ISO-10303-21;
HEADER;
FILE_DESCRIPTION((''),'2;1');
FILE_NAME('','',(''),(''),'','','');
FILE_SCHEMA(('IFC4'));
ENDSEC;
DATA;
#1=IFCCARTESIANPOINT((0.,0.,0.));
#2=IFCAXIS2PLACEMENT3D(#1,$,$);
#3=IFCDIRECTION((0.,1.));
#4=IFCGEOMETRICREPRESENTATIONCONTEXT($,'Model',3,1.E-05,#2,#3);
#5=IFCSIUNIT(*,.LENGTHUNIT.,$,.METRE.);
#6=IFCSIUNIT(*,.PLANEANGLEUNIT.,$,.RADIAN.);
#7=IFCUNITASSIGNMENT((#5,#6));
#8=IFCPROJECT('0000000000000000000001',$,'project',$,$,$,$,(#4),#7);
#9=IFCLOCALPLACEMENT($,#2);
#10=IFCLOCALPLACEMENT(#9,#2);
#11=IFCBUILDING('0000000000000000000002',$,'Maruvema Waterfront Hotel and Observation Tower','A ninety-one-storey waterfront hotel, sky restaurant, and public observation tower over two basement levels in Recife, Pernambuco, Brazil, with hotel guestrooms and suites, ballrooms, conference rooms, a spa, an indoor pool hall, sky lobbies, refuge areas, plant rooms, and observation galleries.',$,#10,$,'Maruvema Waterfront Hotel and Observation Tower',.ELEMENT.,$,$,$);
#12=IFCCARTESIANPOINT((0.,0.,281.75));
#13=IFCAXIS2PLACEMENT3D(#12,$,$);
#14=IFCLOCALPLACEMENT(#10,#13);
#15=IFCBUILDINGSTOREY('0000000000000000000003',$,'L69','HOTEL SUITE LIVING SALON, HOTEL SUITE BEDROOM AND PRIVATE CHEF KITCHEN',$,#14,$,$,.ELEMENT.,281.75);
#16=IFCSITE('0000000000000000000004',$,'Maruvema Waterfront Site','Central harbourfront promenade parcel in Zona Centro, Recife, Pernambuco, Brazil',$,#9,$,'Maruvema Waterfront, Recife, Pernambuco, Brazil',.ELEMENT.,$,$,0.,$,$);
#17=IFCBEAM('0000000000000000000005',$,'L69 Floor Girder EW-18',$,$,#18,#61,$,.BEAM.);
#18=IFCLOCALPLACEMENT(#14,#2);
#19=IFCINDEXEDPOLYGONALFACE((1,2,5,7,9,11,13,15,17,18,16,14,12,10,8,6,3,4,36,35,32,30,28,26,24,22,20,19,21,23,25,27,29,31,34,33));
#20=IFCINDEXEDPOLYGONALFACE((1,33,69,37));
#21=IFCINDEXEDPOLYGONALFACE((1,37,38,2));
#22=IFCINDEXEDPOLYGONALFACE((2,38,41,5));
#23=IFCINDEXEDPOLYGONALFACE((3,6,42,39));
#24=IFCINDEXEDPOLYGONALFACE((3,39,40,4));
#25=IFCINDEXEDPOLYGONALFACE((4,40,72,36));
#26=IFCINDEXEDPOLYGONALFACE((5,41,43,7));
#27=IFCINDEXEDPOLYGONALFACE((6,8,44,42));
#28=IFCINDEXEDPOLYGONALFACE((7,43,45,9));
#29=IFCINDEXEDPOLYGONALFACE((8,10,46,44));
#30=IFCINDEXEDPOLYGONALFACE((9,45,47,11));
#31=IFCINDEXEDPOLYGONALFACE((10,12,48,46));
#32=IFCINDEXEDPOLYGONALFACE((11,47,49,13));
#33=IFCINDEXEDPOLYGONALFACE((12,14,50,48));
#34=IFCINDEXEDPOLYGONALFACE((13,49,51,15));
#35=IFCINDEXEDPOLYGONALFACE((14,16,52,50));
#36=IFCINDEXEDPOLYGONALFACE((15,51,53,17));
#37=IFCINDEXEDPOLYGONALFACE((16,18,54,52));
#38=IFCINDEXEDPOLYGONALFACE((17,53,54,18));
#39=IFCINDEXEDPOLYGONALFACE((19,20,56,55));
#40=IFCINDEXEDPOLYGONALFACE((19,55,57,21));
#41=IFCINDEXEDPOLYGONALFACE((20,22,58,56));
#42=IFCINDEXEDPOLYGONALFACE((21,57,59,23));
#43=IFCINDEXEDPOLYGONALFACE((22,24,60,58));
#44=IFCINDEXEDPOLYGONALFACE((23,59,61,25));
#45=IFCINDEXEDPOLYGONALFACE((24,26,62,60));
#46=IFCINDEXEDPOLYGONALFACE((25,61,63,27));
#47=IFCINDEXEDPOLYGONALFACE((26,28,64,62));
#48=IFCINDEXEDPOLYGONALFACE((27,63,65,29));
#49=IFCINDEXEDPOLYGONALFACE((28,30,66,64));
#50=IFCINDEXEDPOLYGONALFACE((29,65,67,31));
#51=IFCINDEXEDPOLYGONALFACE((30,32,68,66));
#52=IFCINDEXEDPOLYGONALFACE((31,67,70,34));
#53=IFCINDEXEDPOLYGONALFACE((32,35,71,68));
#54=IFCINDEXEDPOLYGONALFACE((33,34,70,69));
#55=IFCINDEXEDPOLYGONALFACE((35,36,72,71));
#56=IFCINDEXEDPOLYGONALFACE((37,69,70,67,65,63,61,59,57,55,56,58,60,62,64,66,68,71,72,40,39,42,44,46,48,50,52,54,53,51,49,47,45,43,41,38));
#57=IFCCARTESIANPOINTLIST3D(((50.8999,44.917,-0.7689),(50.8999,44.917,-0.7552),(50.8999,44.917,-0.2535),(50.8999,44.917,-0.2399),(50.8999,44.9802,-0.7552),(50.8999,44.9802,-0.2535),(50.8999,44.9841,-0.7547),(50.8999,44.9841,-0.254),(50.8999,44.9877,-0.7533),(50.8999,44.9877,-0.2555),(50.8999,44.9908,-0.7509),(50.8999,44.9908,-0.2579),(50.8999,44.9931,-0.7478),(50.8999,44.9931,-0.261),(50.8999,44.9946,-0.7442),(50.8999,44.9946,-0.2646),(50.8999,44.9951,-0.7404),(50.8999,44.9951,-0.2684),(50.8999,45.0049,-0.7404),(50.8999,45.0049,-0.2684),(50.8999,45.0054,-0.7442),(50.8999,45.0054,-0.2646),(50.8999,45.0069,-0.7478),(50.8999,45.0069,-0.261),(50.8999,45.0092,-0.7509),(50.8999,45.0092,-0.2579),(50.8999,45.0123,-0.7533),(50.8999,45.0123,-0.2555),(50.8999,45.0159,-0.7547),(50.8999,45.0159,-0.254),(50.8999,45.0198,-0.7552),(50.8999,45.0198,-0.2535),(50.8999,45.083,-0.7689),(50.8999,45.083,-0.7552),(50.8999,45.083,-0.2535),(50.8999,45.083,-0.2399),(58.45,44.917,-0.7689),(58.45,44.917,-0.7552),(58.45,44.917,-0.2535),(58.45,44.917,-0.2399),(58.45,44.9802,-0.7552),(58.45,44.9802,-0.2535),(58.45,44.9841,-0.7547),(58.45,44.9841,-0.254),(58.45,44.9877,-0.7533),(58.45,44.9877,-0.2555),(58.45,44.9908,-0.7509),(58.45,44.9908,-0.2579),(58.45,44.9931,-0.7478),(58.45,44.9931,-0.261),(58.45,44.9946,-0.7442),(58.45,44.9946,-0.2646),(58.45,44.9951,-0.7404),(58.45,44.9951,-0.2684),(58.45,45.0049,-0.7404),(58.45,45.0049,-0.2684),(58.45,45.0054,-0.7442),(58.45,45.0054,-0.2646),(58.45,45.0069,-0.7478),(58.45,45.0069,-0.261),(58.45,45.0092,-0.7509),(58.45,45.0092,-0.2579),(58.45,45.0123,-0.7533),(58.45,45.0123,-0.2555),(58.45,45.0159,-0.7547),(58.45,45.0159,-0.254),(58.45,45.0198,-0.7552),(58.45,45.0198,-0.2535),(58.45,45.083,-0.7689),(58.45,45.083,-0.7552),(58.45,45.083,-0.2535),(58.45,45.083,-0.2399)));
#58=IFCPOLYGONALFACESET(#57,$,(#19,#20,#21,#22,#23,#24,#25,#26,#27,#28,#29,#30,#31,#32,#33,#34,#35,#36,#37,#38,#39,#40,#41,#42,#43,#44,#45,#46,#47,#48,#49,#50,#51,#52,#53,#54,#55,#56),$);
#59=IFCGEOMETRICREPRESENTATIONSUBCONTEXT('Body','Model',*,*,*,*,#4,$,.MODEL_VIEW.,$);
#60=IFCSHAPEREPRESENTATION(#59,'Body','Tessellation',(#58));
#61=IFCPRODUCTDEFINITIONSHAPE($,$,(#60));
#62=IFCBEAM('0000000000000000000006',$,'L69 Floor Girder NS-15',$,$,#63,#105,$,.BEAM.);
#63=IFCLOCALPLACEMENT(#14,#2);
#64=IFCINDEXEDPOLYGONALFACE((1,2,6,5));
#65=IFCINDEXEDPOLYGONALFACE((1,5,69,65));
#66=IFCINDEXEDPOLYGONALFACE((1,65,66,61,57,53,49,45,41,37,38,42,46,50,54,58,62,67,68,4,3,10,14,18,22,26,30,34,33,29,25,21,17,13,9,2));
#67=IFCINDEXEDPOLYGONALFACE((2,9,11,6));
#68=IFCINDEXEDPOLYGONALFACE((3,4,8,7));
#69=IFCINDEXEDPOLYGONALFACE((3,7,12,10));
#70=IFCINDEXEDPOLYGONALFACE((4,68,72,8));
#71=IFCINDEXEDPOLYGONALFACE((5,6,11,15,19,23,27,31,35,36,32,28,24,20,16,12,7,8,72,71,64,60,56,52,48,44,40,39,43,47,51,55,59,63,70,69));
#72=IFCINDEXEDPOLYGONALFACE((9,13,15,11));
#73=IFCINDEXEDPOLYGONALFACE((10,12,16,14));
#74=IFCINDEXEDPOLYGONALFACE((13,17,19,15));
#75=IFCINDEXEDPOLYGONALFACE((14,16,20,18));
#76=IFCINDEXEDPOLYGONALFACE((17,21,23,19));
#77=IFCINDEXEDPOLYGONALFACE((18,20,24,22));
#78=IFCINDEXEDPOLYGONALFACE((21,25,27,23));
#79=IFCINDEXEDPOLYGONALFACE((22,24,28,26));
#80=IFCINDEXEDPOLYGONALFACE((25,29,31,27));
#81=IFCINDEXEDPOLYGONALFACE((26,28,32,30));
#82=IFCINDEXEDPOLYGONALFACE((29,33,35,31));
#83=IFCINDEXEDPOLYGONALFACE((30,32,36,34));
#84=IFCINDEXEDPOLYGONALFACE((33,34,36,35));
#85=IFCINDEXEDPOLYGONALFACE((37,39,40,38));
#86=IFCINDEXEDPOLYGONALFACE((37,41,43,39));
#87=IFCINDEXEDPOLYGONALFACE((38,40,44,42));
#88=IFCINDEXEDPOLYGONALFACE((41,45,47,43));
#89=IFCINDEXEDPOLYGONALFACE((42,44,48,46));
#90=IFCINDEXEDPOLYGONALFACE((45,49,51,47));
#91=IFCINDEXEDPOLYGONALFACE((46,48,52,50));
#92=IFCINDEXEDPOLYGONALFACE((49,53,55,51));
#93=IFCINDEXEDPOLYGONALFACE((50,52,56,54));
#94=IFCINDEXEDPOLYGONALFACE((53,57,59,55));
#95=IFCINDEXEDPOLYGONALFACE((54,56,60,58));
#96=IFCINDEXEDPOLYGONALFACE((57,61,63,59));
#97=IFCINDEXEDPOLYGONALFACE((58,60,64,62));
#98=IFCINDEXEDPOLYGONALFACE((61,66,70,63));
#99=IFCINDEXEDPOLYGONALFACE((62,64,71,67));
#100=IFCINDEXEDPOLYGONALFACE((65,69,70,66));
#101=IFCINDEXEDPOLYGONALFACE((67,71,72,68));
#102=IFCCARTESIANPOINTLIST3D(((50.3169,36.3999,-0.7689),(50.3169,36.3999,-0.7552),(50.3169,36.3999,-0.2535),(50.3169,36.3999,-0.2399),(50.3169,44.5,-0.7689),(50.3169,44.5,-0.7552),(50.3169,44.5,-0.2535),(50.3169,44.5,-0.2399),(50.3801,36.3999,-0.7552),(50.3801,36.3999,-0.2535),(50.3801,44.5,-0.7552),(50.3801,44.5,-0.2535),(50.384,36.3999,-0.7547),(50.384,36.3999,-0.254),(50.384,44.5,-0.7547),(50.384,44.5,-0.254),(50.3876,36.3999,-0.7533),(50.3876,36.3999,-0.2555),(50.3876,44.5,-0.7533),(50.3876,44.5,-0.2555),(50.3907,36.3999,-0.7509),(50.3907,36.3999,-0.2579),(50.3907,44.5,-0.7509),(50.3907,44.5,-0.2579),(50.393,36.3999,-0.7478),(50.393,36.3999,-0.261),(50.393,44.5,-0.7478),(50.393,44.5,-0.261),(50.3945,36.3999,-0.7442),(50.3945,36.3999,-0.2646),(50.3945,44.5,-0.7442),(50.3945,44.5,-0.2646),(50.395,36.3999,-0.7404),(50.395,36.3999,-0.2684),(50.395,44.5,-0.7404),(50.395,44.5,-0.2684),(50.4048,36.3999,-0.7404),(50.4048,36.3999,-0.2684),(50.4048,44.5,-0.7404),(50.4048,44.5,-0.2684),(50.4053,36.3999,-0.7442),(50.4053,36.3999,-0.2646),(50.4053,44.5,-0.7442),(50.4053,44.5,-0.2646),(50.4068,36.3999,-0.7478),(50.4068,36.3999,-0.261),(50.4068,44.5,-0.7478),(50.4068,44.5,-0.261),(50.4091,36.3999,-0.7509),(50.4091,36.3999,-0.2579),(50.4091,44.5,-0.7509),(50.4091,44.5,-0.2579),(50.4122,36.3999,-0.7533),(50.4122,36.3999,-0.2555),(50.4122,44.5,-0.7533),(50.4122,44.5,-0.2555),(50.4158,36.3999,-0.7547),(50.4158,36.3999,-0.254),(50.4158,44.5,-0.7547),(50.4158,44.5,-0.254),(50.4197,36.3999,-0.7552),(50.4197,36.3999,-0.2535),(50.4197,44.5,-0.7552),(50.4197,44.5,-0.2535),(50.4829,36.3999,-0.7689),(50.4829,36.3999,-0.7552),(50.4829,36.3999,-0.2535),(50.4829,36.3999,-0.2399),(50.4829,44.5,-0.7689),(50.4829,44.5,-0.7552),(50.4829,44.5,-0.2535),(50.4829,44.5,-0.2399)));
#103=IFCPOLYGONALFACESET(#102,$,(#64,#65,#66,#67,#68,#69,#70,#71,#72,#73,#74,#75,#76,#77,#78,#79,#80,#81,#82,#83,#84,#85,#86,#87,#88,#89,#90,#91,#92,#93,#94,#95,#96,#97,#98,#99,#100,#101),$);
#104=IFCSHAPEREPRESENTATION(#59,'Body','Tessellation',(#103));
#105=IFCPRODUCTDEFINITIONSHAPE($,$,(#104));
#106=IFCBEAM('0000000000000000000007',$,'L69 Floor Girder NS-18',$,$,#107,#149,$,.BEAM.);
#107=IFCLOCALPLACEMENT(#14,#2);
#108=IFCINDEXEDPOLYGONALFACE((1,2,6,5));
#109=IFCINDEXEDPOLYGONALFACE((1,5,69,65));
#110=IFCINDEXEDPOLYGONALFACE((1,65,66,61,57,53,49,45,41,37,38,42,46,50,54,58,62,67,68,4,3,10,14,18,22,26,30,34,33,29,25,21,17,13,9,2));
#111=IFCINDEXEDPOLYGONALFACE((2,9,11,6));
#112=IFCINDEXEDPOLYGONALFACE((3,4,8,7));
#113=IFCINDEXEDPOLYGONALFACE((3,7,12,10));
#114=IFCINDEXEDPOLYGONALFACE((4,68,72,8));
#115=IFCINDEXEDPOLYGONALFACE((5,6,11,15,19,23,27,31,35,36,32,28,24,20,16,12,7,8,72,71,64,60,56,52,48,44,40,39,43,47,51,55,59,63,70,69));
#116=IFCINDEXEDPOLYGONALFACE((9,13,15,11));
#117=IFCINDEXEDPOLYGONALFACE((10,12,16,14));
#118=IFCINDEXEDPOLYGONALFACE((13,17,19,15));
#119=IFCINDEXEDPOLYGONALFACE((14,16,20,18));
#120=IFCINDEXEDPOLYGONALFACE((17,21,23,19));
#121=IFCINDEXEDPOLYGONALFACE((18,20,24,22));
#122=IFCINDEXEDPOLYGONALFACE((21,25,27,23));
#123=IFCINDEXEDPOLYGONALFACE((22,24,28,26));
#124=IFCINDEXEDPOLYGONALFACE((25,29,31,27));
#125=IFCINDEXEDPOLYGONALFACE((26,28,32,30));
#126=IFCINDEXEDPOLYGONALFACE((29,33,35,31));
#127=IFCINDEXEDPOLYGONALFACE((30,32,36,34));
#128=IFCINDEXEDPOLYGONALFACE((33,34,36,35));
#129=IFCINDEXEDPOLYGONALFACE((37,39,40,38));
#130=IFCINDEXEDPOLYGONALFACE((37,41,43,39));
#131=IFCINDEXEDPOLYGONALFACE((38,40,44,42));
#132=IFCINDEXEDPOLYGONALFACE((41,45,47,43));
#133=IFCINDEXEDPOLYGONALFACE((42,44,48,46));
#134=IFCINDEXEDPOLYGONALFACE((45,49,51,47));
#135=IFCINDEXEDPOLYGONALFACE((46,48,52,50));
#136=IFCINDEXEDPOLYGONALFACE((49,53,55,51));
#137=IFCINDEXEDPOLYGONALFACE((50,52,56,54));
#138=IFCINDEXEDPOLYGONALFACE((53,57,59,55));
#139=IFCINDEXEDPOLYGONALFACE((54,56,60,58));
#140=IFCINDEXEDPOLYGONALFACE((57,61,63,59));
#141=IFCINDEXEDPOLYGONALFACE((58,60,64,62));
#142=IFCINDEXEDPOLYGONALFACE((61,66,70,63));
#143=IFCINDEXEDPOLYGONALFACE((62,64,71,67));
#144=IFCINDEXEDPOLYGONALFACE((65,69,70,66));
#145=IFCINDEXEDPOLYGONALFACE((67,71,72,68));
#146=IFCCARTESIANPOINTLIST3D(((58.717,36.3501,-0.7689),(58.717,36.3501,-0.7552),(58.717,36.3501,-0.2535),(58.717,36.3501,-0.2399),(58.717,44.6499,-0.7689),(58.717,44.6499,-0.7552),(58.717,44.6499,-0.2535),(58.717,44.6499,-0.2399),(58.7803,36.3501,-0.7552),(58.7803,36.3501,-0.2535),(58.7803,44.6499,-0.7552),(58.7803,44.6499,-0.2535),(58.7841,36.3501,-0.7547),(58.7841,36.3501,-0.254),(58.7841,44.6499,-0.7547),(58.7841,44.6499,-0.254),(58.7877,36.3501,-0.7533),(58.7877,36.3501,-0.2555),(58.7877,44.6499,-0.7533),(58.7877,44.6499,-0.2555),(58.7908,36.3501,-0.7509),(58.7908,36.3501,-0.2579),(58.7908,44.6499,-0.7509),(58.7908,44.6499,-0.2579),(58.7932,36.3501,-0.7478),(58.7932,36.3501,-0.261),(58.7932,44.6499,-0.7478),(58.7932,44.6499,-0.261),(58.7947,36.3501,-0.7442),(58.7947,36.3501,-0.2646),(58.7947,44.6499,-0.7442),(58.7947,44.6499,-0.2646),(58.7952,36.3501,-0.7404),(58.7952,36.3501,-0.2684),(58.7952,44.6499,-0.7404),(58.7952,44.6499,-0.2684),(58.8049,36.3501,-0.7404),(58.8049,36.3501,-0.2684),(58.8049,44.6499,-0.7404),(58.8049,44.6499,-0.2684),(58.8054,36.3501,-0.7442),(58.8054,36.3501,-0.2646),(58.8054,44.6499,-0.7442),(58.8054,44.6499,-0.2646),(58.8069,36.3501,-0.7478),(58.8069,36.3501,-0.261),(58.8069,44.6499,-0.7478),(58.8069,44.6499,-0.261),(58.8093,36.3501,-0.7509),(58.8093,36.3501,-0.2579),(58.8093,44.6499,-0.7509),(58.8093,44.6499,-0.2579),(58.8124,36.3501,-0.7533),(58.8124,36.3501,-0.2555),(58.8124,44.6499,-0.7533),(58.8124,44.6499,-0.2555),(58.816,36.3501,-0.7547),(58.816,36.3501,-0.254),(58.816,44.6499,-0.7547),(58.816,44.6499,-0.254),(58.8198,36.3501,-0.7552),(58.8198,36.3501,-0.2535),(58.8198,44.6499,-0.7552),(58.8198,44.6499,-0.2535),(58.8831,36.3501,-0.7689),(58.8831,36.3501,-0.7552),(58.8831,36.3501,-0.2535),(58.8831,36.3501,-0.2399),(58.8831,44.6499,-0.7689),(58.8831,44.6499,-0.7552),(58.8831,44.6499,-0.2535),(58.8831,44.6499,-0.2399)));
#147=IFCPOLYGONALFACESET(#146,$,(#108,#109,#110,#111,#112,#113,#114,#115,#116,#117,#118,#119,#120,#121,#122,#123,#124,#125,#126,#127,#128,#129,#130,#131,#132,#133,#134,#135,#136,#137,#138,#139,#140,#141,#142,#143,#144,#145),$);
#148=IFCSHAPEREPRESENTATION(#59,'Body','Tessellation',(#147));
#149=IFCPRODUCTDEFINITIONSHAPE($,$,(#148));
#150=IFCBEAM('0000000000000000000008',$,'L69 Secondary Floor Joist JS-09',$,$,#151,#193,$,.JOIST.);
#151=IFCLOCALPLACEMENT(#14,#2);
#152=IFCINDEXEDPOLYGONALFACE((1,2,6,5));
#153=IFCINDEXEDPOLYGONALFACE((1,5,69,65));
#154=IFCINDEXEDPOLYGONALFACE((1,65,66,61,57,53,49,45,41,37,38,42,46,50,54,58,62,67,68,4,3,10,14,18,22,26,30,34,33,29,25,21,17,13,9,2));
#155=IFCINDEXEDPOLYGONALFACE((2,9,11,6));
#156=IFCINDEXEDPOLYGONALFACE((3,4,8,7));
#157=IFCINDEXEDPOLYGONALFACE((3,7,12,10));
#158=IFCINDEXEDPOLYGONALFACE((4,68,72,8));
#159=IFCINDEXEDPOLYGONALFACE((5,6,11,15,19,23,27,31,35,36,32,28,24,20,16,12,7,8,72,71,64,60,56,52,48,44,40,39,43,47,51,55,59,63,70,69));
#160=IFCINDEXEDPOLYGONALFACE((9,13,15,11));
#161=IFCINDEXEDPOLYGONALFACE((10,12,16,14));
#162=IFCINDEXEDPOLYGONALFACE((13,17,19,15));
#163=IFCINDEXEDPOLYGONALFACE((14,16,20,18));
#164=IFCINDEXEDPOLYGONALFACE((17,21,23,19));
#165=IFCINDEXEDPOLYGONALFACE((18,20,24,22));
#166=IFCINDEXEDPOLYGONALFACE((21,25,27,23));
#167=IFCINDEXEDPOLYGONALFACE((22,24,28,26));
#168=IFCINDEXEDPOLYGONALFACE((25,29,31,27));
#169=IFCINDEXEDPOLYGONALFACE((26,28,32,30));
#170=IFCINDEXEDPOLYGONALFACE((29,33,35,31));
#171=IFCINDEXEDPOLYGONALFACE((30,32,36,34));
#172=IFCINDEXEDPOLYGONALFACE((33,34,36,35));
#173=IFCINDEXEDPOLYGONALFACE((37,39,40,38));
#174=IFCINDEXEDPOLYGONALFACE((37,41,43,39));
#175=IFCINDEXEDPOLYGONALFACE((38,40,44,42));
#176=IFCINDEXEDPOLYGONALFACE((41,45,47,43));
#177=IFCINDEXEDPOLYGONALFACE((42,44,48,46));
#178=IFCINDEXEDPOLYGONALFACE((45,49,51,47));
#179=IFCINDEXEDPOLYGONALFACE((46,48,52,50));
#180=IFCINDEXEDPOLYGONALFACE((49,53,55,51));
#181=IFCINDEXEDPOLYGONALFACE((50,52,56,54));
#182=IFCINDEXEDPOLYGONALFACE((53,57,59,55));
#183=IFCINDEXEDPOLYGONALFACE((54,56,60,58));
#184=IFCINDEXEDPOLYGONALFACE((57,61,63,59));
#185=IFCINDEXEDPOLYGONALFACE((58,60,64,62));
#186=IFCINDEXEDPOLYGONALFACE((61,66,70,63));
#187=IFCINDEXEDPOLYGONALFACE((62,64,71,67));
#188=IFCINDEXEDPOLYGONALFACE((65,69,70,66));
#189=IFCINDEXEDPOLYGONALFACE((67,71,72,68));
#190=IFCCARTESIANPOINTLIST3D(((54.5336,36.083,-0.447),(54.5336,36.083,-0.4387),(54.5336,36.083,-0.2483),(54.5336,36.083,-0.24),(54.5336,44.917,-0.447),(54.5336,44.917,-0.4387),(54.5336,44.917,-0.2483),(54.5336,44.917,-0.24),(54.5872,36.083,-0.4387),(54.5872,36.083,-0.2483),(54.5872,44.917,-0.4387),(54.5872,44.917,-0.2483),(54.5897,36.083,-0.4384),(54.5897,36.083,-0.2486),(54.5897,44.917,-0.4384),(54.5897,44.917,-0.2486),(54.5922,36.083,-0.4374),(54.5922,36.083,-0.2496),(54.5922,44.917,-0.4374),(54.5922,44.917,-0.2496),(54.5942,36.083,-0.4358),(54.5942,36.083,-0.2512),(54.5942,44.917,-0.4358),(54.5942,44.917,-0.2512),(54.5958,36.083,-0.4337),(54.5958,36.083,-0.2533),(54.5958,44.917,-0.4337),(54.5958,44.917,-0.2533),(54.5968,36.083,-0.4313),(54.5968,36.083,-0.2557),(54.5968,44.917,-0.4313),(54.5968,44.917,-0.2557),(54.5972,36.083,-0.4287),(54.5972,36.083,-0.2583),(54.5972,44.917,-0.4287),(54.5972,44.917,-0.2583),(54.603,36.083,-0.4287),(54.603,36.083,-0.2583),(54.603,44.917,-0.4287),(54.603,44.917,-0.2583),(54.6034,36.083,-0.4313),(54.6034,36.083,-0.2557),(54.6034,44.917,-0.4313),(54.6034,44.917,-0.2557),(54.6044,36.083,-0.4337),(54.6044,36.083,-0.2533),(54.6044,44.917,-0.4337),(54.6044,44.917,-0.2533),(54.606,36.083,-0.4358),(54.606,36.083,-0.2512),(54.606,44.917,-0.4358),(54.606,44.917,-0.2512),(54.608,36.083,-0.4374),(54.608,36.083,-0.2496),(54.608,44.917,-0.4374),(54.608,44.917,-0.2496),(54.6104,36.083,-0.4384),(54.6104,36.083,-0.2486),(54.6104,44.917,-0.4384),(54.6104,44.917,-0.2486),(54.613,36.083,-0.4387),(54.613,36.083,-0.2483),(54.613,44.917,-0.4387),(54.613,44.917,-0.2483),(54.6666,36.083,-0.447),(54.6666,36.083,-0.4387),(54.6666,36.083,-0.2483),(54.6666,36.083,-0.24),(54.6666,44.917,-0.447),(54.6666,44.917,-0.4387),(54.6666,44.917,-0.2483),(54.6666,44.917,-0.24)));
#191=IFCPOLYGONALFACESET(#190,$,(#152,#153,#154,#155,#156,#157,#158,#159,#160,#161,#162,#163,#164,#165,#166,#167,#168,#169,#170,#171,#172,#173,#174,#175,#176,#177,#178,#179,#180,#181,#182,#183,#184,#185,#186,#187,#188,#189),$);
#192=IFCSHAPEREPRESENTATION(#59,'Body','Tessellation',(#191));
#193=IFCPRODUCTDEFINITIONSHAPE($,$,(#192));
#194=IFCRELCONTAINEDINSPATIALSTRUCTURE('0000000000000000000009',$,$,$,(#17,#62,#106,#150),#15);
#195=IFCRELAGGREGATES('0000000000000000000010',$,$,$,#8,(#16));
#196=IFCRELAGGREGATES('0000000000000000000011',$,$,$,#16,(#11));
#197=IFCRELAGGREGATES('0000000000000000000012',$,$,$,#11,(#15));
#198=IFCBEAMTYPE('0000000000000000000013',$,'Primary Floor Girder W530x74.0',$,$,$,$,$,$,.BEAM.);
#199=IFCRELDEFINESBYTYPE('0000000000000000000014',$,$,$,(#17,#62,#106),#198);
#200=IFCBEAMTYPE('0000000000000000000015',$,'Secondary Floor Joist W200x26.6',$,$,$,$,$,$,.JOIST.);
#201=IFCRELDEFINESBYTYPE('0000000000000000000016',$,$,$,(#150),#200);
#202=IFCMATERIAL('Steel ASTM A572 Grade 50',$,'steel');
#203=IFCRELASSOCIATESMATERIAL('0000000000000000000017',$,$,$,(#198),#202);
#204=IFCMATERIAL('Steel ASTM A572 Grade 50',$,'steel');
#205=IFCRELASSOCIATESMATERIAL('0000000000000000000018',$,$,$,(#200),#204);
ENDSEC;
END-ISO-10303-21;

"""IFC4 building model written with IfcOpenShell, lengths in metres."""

from ifc_helpers import new_model, si_unit, direction, frame, origin, origin_2d, place, context, subcontext, project, spatial, i_section, extrude, material, material_profile, profile_set, type_object, element, save


model = new_model("IFC4")

# Units and contexts
model_context = context("Model", 3, precision=1e-05, world=origin(), true_north=direction((0.0, 1.0)))
body_context = subcontext(model_context, "Body", "Model", "MODEL_VIEW")
ifc_project = project(units=[si_unit("LENGTHUNIT", "METRE"), si_unit("PLANEANGLEUNIT", "RADIAN")], contexts=[model_context])

# Site, building, storey
site_placement = place(None, origin())
site = spatial("IfcSite", under=ifc_project, at=site_placement, Name="Maruvema Waterfront Site", Description="Central harbourfront promenade parcel in Zona Centro, Recife, Pernambuco, Brazil", LongName="Maruvema Waterfront, Recife, Pernambuco, Brazil", CompositionType="ELEMENT", RefElevation=0.0)
building_placement = place(site_placement, origin())
building = spatial("IfcBuilding", under=site, at=building_placement, Name="Maruvema Waterfront Hotel and Observation Tower", Description="A ninety-one-storey waterfront hotel, sky restaurant, and public observation tower over two basement levels in Recife, Pernambuco, Brazil, with hotel guestrooms and suites, ballrooms, conference rooms, a spa, an indoor pool hall, sky lobbies, refuge areas, plant rooms, and observation galleries.", LongName="Maruvema Waterfront Hotel and Observation Tower", CompositionType="ELEMENT")
storey_placement = place(building_placement, frame((0.0, 0.0, 281.75)))
storey = spatial("IfcBuildingStorey", under=building, at=storey_placement, Name="L69", Description="HOTEL SUITE LIVING SALON, HOTEL SUITE BEDROOM AND PRIVATE CHEF KITCHEN", CompositionType="ELEMENT", Elevation=281.75)

# Beams
ifc_material_1 = material(Name="Steel ASTM A572 Grade 50", Category="steel")
ifc_material_profile_1 = material_profile(ifc_material_1, i_section(OverallWidth=0.166, OverallDepth=0.5291, WebThickness=0.0098, FlangeThickness=0.0137, FilletRadius=0.0149, at=origin_2d()), Name="W530x74.0")
ifc_profile_set_1 = profile_set([ifc_material_profile_1], Name="Steel ASTM A572 Grade 50")
beam_type_1 = type_object("IfcBeamType", Name="Primary Floor Girder W530x74.0", PredefinedType="BEAM", material=ifc_profile_set_1)
beam_1_placement = place(storey_placement, frame((50.8999, 45.0, -0.5044), z_axis=(1.0, 0.0, 0.0), x_axis=(0.0, 1.0, 0.0)))
element("IfcBeam", 1, at=beam_1_placement, inside=storey, type_object=beam_type_1, Name="L69 Floor Girder EW-18", PredefinedType="BEAM", context=body_context, shape_type="SweptSolid", body=[
    extrude(i_section(OverallWidth=0.166, OverallDepth=0.5291, WebThickness=0.0098, FlangeThickness=0.0137, FilletRadius=0.0149, at=origin_2d()), origin(), (0.0, 0.0, 1.0), 7.55),
])
beam_2_placement = place(storey_placement, frame((50.3999, 36.3999, -0.5044), z_axis=(0.0, 1.0, 0.0), x_axis=(-1.0, 0.0, 0.0)))
element("IfcBeam", 2, at=beam_2_placement, inside=storey, type_object=beam_type_1, Name="L69 Floor Girder NS-15", PredefinedType="BEAM", context=body_context, shape_type="SweptSolid", body=[
    extrude(i_section(OverallWidth=0.166, OverallDepth=0.5291, WebThickness=0.0098, FlangeThickness=0.0137, FilletRadius=0.0149, at=origin_2d()), origin(), (0.0, 0.0, 1.0), 8.1001),
])
beam_3_placement = place(storey_placement, frame((58.8, 36.3501, -0.5044), z_axis=(0.0, 1.0, 0.0), x_axis=(-1.0, 0.0, 0.0)))
element("IfcBeam", 3, at=beam_3_placement, inside=storey, type_object=beam_type_1, Name="L69 Floor Girder NS-18", PredefinedType="BEAM", context=body_context, shape_type="SweptSolid", body=[
    extrude(i_section(OverallWidth=0.166, OverallDepth=0.5291, WebThickness=0.0098, FlangeThickness=0.0137, FilletRadius=0.0149, at=origin_2d()), origin(), (0.0, 0.0, 1.0), 8.2998),
])
ifc_material_2 = material(Name="Steel ASTM A572 Grade 50", Category="steel")
ifc_material_profile_2 = material_profile(ifc_material_2, i_section(OverallWidth=0.1331, OverallDepth=0.207, WebThickness=0.0059, FlangeThickness=0.0083, FilletRadius=0.01, at=origin_2d()), Name="W200x26.6")
ifc_profile_set_2 = profile_set([ifc_material_profile_2], Name="Steel ASTM A572 Grade 50")
beam_type_2 = type_object("IfcBeamType", Name="Secondary Floor Joist W200x26.6", PredefinedType="JOIST", material=ifc_profile_set_2)
beam_4_placement = place(storey_placement, frame((54.6001, 36.083, -0.3435), z_axis=(0.0, 1.0, 0.0), x_axis=(-1.0, 0.0, 0.0)))
element("IfcBeam", 4, at=beam_4_placement, inside=storey, type_object=beam_type_2, Name="L69 Secondary Floor Joist JS-09", PredefinedType="JOIST", context=body_context, shape_type="SweptSolid", body=[
    extrude(i_section(OverallWidth=0.1331, OverallDepth=0.207, WebThickness=0.0059, FlangeThickness=0.0083, FilletRadius=0.01, at=origin_2d()), origin(), (0.0, 0.0, 1.0), 8.834),
])

save(model, "model.ifc")
